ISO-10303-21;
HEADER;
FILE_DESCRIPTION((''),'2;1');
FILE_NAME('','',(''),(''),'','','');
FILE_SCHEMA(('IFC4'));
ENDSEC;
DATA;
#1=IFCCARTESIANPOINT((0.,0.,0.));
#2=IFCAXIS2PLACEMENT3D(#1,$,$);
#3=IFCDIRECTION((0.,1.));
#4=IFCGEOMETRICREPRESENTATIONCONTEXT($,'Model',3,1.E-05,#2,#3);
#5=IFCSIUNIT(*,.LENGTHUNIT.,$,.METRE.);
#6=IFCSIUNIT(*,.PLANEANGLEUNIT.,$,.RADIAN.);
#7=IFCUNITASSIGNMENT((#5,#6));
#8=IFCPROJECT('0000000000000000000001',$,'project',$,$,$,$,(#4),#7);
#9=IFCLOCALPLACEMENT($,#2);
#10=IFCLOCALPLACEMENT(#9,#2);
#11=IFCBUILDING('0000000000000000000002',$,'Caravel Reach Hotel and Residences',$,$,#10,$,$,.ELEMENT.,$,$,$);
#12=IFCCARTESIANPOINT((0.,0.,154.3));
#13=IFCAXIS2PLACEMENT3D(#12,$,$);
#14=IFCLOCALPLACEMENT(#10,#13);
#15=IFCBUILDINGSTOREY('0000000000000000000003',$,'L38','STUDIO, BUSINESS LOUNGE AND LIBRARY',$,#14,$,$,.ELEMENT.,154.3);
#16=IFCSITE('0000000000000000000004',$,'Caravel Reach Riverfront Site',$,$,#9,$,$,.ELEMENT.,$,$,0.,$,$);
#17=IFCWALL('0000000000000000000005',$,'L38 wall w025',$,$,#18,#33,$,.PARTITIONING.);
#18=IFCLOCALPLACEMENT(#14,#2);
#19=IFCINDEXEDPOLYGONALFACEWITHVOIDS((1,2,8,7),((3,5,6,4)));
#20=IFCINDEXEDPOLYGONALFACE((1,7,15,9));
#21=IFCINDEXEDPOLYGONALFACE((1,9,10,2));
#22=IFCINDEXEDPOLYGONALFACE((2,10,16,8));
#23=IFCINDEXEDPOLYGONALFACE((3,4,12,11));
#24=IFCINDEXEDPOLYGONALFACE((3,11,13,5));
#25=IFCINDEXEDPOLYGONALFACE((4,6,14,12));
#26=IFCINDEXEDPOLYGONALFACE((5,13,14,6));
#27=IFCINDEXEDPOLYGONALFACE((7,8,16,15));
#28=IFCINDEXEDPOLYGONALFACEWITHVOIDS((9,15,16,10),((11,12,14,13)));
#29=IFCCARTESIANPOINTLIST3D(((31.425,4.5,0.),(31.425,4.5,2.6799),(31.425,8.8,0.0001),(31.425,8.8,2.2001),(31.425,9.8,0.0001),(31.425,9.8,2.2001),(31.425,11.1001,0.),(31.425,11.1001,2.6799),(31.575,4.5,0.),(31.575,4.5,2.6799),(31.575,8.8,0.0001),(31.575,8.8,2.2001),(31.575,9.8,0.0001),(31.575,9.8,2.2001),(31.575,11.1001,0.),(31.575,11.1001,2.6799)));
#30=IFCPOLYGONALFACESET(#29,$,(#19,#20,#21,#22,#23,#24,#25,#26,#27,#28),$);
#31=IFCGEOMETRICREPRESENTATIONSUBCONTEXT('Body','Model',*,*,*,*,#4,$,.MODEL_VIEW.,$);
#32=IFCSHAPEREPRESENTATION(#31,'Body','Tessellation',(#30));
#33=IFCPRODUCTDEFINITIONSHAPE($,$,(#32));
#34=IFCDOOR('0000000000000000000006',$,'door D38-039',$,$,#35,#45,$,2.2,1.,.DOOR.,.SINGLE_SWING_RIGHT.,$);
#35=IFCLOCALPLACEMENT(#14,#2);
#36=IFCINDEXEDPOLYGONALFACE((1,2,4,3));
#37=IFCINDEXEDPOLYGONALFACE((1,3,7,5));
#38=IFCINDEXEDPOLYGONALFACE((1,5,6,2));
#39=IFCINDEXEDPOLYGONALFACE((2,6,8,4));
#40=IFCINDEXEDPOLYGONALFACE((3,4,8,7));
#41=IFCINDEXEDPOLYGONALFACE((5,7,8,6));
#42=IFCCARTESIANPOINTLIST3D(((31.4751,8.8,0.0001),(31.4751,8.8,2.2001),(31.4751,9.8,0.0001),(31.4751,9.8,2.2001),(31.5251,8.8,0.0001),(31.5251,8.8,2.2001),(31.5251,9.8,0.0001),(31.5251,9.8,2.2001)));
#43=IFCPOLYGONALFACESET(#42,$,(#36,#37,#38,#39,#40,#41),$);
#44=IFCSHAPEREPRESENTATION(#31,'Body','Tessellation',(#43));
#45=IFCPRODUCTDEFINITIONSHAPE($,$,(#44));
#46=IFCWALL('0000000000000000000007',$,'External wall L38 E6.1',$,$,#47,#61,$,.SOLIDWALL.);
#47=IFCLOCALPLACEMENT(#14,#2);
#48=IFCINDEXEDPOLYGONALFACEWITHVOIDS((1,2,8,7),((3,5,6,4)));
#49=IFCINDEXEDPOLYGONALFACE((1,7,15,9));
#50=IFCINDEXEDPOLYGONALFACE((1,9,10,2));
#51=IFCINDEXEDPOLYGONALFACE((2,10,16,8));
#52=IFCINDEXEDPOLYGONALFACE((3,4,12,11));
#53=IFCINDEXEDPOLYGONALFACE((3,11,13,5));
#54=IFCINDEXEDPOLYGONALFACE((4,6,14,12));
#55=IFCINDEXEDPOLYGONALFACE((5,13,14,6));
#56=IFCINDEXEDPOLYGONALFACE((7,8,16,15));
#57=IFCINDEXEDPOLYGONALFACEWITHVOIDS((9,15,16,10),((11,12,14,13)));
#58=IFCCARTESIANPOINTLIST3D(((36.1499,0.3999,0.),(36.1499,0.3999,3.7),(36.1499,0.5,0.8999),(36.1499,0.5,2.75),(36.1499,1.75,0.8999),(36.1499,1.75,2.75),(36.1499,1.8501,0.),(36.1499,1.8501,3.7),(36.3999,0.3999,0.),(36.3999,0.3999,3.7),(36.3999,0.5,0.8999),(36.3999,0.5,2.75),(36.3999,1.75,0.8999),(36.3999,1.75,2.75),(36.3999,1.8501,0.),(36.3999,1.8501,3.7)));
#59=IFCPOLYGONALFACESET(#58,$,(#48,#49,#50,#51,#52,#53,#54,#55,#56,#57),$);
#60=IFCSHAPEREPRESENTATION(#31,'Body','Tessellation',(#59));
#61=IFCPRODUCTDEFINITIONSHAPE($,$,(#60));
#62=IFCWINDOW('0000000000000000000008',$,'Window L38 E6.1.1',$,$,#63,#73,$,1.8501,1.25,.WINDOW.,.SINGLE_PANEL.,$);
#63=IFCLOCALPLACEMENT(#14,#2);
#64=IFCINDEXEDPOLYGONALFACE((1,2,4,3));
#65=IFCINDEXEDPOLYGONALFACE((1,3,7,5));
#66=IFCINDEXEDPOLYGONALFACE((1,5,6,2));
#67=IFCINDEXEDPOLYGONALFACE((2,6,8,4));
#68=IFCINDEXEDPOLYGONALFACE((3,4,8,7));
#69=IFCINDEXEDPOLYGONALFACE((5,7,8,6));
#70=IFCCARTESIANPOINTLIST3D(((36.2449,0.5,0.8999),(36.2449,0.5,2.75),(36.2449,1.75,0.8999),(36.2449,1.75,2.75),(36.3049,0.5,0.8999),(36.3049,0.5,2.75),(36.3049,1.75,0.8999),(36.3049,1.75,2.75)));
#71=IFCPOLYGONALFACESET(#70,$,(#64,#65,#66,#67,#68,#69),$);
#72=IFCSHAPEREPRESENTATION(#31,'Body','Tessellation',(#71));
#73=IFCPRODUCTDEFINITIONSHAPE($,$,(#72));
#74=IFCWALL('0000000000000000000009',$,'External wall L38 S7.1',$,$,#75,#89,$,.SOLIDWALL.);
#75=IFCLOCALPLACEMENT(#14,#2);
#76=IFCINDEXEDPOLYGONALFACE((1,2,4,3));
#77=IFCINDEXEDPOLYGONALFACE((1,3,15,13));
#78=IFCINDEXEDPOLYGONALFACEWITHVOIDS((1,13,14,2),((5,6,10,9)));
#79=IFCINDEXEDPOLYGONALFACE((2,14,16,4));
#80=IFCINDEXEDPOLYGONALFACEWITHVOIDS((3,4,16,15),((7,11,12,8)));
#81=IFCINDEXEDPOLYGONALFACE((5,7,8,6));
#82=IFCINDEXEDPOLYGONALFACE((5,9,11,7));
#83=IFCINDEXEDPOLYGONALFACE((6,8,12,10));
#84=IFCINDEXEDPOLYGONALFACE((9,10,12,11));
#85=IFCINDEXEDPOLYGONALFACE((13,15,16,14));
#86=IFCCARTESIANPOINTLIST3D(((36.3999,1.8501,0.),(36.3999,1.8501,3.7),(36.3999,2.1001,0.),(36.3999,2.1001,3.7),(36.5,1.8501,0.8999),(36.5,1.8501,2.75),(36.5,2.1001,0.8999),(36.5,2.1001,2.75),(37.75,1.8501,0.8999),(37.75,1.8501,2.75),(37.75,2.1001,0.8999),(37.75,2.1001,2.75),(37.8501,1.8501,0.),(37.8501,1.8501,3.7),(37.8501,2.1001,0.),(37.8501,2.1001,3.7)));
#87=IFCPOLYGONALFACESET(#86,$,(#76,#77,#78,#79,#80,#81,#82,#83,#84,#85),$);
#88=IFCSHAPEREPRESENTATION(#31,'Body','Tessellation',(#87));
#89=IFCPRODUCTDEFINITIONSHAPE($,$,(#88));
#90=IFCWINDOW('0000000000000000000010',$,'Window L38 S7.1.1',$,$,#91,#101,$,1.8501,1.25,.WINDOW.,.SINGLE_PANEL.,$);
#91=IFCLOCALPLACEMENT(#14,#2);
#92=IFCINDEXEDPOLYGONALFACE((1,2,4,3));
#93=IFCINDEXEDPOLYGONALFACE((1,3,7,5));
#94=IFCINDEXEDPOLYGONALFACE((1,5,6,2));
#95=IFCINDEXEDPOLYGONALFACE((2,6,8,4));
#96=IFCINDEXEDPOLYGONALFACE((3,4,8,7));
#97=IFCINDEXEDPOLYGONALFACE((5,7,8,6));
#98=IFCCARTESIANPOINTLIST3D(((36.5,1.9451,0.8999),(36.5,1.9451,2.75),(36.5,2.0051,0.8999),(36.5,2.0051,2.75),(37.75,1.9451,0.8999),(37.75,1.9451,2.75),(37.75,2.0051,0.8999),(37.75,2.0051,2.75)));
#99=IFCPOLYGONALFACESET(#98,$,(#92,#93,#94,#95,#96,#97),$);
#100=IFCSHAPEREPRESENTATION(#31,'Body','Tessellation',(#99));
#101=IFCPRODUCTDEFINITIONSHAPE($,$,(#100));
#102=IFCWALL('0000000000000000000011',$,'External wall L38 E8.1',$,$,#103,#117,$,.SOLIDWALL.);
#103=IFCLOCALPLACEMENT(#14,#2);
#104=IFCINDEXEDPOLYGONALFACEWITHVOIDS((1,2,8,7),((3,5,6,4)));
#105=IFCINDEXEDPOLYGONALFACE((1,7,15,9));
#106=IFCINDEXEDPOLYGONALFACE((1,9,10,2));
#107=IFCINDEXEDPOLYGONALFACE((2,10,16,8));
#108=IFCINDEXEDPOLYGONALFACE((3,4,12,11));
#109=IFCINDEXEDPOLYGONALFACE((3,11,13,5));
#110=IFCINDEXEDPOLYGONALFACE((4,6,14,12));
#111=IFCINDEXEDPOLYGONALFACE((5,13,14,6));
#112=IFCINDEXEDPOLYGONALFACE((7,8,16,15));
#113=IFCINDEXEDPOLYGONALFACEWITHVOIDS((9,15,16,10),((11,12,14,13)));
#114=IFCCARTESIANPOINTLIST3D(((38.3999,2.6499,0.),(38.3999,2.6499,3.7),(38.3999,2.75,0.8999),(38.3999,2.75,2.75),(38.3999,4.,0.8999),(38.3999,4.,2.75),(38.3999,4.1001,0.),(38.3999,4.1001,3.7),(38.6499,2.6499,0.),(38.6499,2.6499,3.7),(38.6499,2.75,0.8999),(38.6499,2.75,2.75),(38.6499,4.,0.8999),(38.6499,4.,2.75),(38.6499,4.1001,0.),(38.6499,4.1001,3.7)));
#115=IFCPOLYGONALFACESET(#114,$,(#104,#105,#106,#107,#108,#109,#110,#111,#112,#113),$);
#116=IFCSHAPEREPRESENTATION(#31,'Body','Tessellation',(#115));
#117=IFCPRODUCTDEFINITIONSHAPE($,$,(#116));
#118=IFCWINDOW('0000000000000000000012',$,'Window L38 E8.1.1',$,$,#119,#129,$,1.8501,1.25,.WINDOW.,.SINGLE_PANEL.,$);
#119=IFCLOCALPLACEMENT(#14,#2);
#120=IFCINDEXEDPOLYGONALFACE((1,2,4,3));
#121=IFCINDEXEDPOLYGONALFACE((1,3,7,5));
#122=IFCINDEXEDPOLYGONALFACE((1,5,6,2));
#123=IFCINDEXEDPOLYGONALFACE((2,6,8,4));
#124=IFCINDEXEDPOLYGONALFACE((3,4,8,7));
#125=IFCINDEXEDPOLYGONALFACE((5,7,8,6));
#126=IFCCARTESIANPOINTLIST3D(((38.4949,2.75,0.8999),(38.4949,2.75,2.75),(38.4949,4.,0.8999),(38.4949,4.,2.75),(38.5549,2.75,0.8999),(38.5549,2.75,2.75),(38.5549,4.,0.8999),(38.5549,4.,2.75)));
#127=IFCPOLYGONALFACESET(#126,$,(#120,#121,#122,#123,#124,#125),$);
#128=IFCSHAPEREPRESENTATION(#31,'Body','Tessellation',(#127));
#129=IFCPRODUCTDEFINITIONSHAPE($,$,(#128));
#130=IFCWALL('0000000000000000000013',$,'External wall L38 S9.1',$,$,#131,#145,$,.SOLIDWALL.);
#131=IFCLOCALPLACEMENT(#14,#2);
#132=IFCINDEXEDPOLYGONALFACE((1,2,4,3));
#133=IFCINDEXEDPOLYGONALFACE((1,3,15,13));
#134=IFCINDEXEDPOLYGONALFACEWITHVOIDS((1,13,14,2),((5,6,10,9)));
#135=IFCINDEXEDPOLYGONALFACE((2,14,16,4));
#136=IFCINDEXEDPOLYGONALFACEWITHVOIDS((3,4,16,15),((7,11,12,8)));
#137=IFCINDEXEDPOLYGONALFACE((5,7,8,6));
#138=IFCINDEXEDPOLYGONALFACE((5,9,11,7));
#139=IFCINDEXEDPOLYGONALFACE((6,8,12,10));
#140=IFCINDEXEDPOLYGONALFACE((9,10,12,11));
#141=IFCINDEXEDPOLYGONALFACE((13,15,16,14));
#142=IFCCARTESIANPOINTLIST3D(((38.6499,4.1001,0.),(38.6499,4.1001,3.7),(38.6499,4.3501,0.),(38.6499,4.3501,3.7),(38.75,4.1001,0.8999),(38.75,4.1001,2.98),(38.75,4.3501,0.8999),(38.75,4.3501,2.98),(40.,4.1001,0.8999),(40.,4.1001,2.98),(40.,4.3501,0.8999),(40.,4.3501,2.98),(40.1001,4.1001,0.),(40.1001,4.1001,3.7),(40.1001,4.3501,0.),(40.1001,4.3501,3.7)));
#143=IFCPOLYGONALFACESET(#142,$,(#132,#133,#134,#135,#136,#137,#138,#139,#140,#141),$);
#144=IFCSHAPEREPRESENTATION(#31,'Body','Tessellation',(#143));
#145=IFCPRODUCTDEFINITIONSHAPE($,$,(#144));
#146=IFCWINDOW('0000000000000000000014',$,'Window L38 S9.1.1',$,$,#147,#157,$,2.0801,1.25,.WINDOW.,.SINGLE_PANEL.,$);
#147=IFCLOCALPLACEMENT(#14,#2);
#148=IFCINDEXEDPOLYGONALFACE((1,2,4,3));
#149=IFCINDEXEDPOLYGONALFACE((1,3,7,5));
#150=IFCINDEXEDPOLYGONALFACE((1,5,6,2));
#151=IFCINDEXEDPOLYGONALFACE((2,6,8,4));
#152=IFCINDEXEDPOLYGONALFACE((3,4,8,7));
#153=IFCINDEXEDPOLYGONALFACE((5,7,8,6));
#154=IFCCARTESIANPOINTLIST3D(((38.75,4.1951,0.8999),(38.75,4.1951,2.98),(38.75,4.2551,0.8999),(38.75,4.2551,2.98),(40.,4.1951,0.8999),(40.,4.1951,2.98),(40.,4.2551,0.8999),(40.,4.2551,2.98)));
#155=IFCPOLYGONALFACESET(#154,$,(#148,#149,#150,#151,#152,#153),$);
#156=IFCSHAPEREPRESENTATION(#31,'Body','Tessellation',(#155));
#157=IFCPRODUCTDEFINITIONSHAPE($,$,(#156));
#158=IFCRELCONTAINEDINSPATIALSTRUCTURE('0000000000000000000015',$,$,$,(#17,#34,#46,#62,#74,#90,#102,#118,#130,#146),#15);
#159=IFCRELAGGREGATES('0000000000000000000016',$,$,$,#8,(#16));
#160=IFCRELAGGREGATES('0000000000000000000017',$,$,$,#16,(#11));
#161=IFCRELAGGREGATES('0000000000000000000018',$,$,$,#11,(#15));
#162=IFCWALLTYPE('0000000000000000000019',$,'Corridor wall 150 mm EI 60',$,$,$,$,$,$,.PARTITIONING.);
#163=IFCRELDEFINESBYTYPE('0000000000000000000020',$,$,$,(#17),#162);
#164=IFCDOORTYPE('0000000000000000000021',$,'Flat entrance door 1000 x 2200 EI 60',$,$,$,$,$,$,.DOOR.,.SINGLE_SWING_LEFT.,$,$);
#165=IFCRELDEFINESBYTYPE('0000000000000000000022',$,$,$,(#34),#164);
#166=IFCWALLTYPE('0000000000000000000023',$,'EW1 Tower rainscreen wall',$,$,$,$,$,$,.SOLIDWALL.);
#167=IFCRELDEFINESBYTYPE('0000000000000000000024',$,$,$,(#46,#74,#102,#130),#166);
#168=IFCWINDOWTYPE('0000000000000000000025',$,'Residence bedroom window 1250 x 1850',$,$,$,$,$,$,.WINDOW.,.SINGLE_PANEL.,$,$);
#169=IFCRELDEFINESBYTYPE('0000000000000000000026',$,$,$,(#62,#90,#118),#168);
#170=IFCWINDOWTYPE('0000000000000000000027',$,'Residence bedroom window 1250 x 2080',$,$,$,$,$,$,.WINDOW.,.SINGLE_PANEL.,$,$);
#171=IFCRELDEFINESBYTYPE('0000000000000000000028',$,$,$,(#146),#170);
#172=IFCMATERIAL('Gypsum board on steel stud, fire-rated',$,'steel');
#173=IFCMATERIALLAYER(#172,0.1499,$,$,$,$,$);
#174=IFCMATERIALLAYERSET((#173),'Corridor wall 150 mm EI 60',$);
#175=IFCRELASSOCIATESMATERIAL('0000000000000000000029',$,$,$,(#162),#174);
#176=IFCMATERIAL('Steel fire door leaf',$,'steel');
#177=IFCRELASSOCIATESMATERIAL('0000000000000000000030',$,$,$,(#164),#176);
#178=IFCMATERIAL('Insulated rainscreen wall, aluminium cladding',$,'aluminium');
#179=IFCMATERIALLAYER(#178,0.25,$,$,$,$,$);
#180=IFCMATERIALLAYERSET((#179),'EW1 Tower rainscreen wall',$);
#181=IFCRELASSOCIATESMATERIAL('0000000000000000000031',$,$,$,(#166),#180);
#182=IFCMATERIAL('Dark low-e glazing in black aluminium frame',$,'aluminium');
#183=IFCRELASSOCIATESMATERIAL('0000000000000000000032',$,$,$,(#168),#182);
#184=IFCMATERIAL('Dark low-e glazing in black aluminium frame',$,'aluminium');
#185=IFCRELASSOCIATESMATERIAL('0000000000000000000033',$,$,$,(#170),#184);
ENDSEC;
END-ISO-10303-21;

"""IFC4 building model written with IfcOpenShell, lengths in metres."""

from ifc_helpers import new_model, si_unit, direction, frame, frame_2d, origin, place, context, subcontext, project, spatial, rectangle, extrude, material, layer, layer_set, type_object, element, fill, save


model = new_model("IFC4")

# Units and contexts
model_context = context("Model", 3, precision=1e-05, world=origin(), true_north=direction((0.0, 1.0)))
body_context = subcontext(model_context, "Body", "Model", "MODEL_VIEW")
ifc_project = project(units=[si_unit("LENGTHUNIT", "METRE"), si_unit("PLANEANGLEUNIT", "RADIAN")], contexts=[model_context])

# Site, building, storey
site_placement = place(None, origin())
site = spatial("IfcSite", under=ifc_project, at=site_placement, Name="Caravel Reach Riverfront Site", CompositionType="ELEMENT", RefElevation=0.0)
building_placement = place(site_placement, origin())
building = spatial("IfcBuilding", under=site, at=building_placement, Name="Caravel Reach Hotel and Residences", CompositionType="ELEMENT")
storey_placement = place(building_placement, frame((0.0, 0.0, 154.3)))
storey = spatial("IfcBuildingStorey", under=building, at=storey_placement, Name="L38", Description="STUDIO, BUSINESS LOUNGE AND LIBRARY", CompositionType="ELEMENT", Elevation=154.3)

# Wall, opening, door
ifc_material_1 = material(Name="Gypsum board on steel stud, fire-rated", Category="steel")
ifc_layer_1 = layer(ifc_material_1, 0.1499)
ifc_layer_set_1 = layer_set([ifc_layer_1], Name="Corridor wall 150 mm EI 60")
wall_type_1 = type_object("IfcWallType", Name="Corridor wall 150 mm EI 60", PredefinedType="PARTITIONING", material=ifc_layer_set_1)
wall_1_placement = place(storey_placement, frame((31.5, 4.5, 0.0), z_axis=(0.0, 0.0, 1.0), x_axis=(0.0, 1.0, 0.0)))
wall_1 = element("IfcWall", 1, at=wall_1_placement, inside=storey, type_object=wall_type_1, Name="L38 wall w025", PredefinedType="PARTITIONING", context=body_context, shape_type="SweptSolid", body=[
    extrude(rectangle(XDim=6.6001, YDim=0.1499, at=frame_2d((3.3, 0.0))), origin(), (0.0, 0.0, 1.0), 2.6799),
])
opening_1_placement = place(wall_1_placement, frame((4.3, 0.0, 0.0)))
opening_1 = element("IfcOpeningElement", 2, at=opening_1_placement, cuts=wall_1, PredefinedType="OPENING", context=body_context, shape_type="SweptSolid", body=[
    extrude(rectangle(XDim=1.0, YDim=2.2, at=frame_2d((0.5, 1.1001))), frame((0.0, 0.085, 0.0), z_axis=(0.0, -1.0, 0.0), x_axis=(1.0, 0.0, 0.0)), (0.0, 0.0, 1.0), 0.1699),
])
ifc_material_2 = material(Name="Steel fire door leaf", Category="steel")
door_type_1 = type_object("IfcDoorType", Name="Flat entrance door 1000 x 2200 EI 60", OperationType="SINGLE_SWING_LEFT", PredefinedType="DOOR", material=ifc_material_2)
door_1_placement = place(opening_1_placement, origin())
door_1 = element("IfcDoor", 3, at=door_1_placement, inside=storey, type_object=door_type_1, Name="door D38-039", OperationType="SINGLE_SWING_RIGHT", OverallHeight=2.2, OverallWidth=1.0, PredefinedType="DOOR", context=body_context, shape_type="SweptSolid", body=[
    extrude(rectangle(XDim=1.0, YDim=2.2, at=frame_2d((0.5, 1.1001))), frame((0.0, 0.0249, 0.0), z_axis=(0.0, -1.0, 0.0), x_axis=(1.0, 0.0, 0.0)), (0.0, 0.0, 1.0), 0.05),
])
fill(opening_1, door_1)

# Walls, openings, windows
ifc_material_3 = material(Name="Insulated rainscreen wall, aluminium cladding", Category="aluminium")
ifc_layer_2 = layer(ifc_material_3, 0.25)
ifc_layer_set_2 = layer_set([ifc_layer_2], Name="EW1 Tower rainscreen wall")
wall_type_2 = type_object("IfcWallType", Name="EW1 Tower rainscreen wall", PredefinedType="SOLIDWALL", material=ifc_layer_set_2)
wall_2_placement = place(storey_placement, frame((36.2749, 0.3999, 0.0), z_axis=(0.0, 0.0, 1.0), x_axis=(0.0, 1.0, 0.0)))
wall_2 = element("IfcWall", 4, at=wall_2_placement, inside=storey, type_object=wall_type_2, Name="External wall L38 E6.1", PredefinedType="SOLIDWALL", context=body_context, shape_type="SweptSolid", body=[
    extrude(rectangle(XDim=1.4502, YDim=0.25, at=frame_2d((0.7251, 0.0))), origin(), (0.0, 0.0, 1.0), 3.7),
])
opening_2_placement = place(wall_2_placement, frame((0.1001, 0.0, 0.8999)))
opening_2 = element("IfcOpeningElement", 5, at=opening_2_placement, cuts=wall_2, PredefinedType="OPENING", context=body_context, shape_type="SweptSolid", body=[
    extrude(rectangle(XDim=1.25, YDim=1.8501, at=frame_2d((0.625, 0.925))), frame((0.0, 0.135, 0.0), z_axis=(0.0, -1.0, 0.0), x_axis=(1.0, 0.0, 0.0)), (0.0, 0.0, 1.0), 0.27),
])
ifc_material_4 = material(Name="Dark low-e glazing in black aluminium frame", Category="aluminium")
window_type_1 = type_object("IfcWindowType", Name="Residence bedroom window 1250 x 1850", PartitioningType="SINGLE_PANEL", PredefinedType="WINDOW", material=ifc_material_4)
window_1_placement = place(opening_2_placement, origin())
window_1 = element("IfcWindow", 6, at=window_1_placement, inside=storey, type_object=window_type_1, Name="Window L38 E6.1.1", OverallHeight=1.8501, OverallWidth=1.25, PartitioningType="SINGLE_PANEL", PredefinedType="WINDOW", context=body_context, shape_type="SweptSolid", body=[
    extrude(rectangle(XDim=1.25, YDim=1.8501, at=frame_2d((0.625, 0.925))), frame((0.0, 0.03, 0.0), z_axis=(0.0, -1.0, 0.0), x_axis=(1.0, 0.0, 0.0)), (0.0, 0.0, 1.0), 0.0601),
])
fill(opening_2, window_1)
wall_3_placement = place(storey_placement, frame((36.3999, 1.9751, 0.0), z_axis=(0.0, 0.0, 1.0), x_axis=(1.0, 0.0, 0.0)))
wall_3 = element("IfcWall", 7, at=wall_3_placement, inside=storey, type_object=wall_type_2, Name="External wall L38 S7.1", PredefinedType="SOLIDWALL", context=body_context, shape_type="SweptSolid", body=[
    extrude(rectangle(XDim=1.4502, YDim=0.25, at=frame_2d((0.7251, 0.0))), origin(), (0.0, 0.0, 1.0), 3.7),
])
opening_3_placement = place(wall_3_placement, frame((0.1001, 0.0, 0.8999)))
opening_3 = element("IfcOpeningElement", 8, at=opening_3_placement, cuts=wall_3, PredefinedType="OPENING", context=body_context, shape_type="SweptSolid", body=[
    extrude(rectangle(XDim=1.25, YDim=1.8501, at=frame_2d((0.625, 0.925))), frame((0.0, 0.135, 0.0), z_axis=(0.0, -1.0, 0.0), x_axis=(1.0, 0.0, 0.0)), (0.0, 0.0, 1.0), 0.27),
])
window_2_placement = place(opening_3_placement, origin())
window_2 = element("IfcWindow", 9, at=window_2_placement, inside=storey, type_object=window_type_1, Name="Window L38 S7.1.1", OverallHeight=1.8501, OverallWidth=1.25, PartitioningType="SINGLE_PANEL", PredefinedType="WINDOW", context=body_context, shape_type="SweptSolid", body=[
    extrude(rectangle(XDim=1.25, YDim=1.8501, at=frame_2d((0.625, 0.925))), frame((0.0, 0.03, 0.0), z_axis=(0.0, -1.0, 0.0), x_axis=(1.0, 0.0, 0.0)), (0.0, 0.0, 1.0), 0.0601),
])
fill(opening_3, window_2)
wall_4_placement = place(storey_placement, frame((38.5249, 2.6499, 0.0), z_axis=(0.0, 0.0, 1.0), x_axis=(0.0, 1.0, 0.0)))
wall_4 = element("IfcWall", 10, at=wall_4_placement, inside=storey, type_object=wall_type_2, Name="External wall L38 E8.1", PredefinedType="SOLIDWALL", context=body_context, shape_type="SweptSolid", body=[
    extrude(rectangle(XDim=1.4502, YDim=0.25, at=frame_2d((0.7251, 0.0))), origin(), (0.0, 0.0, 1.0), 3.7),
])
opening_4_placement = place(wall_4_placement, frame((0.1001, 0.0, 0.8999)))
opening_4 = element("IfcOpeningElement", 11, at=opening_4_placement, cuts=wall_4, PredefinedType="OPENING", context=body_context, shape_type="SweptSolid", body=[
    extrude(rectangle(XDim=1.25, YDim=1.8501, at=frame_2d((0.625, 0.925))), frame((0.0, 0.135, 0.0), z_axis=(0.0, -1.0, 0.0), x_axis=(1.0, 0.0, 0.0)), (0.0, 0.0, 1.0), 0.27),
])
window_3_placement = place(opening_4_placement, origin())
window_3 = element("IfcWindow", 12, at=window_3_placement, inside=storey, type_object=window_type_1, Name="Window L38 E8.1.1", OverallHeight=1.8501, OverallWidth=1.25, PartitioningType="SINGLE_PANEL", PredefinedType="WINDOW", context=body_context, shape_type="SweptSolid", body=[
    extrude(rectangle(XDim=1.25, YDim=1.8501, at=frame_2d((0.625, 0.925))), frame((0.0, 0.03, 0.0), z_axis=(0.0, -1.0, 0.0), x_axis=(1.0, 0.0, 0.0)), (0.0, 0.0, 1.0), 0.0601),
])
fill(opening_4, window_3)
wall_5_placement = place(storey_placement, frame((38.6499, 4.2251, 0.0), z_axis=(0.0, 0.0, 1.0), x_axis=(1.0, 0.0, 0.0)))
wall_5 = element("IfcWall", 13, at=wall_5_placement, inside=storey, type_object=wall_type_2, Name="External wall L38 S9.1", PredefinedType="SOLIDWALL", context=body_context, shape_type="SweptSolid", body=[
    extrude(rectangle(XDim=1.4502, YDim=0.25, at=frame_2d((0.7251, 0.0))), origin(), (0.0, 0.0, 1.0), 3.7),
])
opening_5_placement = place(wall_5_placement, frame((0.1001, 0.0, 0.8999)))
opening_5 = element("IfcOpeningElement", 14, at=opening_5_placement, cuts=wall_5, PredefinedType="OPENING", context=body_context, shape_type="SweptSolid", body=[
    extrude(rectangle(XDim=1.25, YDim=2.0801, at=frame_2d((0.625, 1.04))), frame((0.0, 0.135, 0.0), z_axis=(0.0, -1.0, 0.0), x_axis=(1.0, 0.0, 0.0)), (0.0, 0.0, 1.0), 0.27),
])
ifc_material_5 = material(Name="Dark low-e glazing in black aluminium frame", Category="aluminium")
window_type_2 = type_object("IfcWindowType", Name="Residence bedroom window 1250 x 2080", PartitioningType="SINGLE_PANEL", PredefinedType="WINDOW", material=ifc_material_5)
window_4_placement = place(opening_5_placement, origin())
window_4 = element("IfcWindow", 15, at=window_4_placement, inside=storey, type_object=window_type_2, Name="Window L38 S9.1.1", OverallHeight=2.0801, OverallWidth=1.25, PartitioningType="SINGLE_PANEL", PredefinedType="WINDOW", context=body_context, shape_type="SweptSolid", body=[
    extrude(rectangle(XDim=1.25, YDim=2.0801, at=frame_2d((0.625, 1.04))), frame((0.0, 0.03, 0.0), z_axis=(0.0, -1.0, 0.0), x_axis=(1.0, 0.0, 0.0)), (0.0, 0.0, 1.0), 0.0601),
])
fill(opening_5, window_4)

save(model, "model.ifc")
